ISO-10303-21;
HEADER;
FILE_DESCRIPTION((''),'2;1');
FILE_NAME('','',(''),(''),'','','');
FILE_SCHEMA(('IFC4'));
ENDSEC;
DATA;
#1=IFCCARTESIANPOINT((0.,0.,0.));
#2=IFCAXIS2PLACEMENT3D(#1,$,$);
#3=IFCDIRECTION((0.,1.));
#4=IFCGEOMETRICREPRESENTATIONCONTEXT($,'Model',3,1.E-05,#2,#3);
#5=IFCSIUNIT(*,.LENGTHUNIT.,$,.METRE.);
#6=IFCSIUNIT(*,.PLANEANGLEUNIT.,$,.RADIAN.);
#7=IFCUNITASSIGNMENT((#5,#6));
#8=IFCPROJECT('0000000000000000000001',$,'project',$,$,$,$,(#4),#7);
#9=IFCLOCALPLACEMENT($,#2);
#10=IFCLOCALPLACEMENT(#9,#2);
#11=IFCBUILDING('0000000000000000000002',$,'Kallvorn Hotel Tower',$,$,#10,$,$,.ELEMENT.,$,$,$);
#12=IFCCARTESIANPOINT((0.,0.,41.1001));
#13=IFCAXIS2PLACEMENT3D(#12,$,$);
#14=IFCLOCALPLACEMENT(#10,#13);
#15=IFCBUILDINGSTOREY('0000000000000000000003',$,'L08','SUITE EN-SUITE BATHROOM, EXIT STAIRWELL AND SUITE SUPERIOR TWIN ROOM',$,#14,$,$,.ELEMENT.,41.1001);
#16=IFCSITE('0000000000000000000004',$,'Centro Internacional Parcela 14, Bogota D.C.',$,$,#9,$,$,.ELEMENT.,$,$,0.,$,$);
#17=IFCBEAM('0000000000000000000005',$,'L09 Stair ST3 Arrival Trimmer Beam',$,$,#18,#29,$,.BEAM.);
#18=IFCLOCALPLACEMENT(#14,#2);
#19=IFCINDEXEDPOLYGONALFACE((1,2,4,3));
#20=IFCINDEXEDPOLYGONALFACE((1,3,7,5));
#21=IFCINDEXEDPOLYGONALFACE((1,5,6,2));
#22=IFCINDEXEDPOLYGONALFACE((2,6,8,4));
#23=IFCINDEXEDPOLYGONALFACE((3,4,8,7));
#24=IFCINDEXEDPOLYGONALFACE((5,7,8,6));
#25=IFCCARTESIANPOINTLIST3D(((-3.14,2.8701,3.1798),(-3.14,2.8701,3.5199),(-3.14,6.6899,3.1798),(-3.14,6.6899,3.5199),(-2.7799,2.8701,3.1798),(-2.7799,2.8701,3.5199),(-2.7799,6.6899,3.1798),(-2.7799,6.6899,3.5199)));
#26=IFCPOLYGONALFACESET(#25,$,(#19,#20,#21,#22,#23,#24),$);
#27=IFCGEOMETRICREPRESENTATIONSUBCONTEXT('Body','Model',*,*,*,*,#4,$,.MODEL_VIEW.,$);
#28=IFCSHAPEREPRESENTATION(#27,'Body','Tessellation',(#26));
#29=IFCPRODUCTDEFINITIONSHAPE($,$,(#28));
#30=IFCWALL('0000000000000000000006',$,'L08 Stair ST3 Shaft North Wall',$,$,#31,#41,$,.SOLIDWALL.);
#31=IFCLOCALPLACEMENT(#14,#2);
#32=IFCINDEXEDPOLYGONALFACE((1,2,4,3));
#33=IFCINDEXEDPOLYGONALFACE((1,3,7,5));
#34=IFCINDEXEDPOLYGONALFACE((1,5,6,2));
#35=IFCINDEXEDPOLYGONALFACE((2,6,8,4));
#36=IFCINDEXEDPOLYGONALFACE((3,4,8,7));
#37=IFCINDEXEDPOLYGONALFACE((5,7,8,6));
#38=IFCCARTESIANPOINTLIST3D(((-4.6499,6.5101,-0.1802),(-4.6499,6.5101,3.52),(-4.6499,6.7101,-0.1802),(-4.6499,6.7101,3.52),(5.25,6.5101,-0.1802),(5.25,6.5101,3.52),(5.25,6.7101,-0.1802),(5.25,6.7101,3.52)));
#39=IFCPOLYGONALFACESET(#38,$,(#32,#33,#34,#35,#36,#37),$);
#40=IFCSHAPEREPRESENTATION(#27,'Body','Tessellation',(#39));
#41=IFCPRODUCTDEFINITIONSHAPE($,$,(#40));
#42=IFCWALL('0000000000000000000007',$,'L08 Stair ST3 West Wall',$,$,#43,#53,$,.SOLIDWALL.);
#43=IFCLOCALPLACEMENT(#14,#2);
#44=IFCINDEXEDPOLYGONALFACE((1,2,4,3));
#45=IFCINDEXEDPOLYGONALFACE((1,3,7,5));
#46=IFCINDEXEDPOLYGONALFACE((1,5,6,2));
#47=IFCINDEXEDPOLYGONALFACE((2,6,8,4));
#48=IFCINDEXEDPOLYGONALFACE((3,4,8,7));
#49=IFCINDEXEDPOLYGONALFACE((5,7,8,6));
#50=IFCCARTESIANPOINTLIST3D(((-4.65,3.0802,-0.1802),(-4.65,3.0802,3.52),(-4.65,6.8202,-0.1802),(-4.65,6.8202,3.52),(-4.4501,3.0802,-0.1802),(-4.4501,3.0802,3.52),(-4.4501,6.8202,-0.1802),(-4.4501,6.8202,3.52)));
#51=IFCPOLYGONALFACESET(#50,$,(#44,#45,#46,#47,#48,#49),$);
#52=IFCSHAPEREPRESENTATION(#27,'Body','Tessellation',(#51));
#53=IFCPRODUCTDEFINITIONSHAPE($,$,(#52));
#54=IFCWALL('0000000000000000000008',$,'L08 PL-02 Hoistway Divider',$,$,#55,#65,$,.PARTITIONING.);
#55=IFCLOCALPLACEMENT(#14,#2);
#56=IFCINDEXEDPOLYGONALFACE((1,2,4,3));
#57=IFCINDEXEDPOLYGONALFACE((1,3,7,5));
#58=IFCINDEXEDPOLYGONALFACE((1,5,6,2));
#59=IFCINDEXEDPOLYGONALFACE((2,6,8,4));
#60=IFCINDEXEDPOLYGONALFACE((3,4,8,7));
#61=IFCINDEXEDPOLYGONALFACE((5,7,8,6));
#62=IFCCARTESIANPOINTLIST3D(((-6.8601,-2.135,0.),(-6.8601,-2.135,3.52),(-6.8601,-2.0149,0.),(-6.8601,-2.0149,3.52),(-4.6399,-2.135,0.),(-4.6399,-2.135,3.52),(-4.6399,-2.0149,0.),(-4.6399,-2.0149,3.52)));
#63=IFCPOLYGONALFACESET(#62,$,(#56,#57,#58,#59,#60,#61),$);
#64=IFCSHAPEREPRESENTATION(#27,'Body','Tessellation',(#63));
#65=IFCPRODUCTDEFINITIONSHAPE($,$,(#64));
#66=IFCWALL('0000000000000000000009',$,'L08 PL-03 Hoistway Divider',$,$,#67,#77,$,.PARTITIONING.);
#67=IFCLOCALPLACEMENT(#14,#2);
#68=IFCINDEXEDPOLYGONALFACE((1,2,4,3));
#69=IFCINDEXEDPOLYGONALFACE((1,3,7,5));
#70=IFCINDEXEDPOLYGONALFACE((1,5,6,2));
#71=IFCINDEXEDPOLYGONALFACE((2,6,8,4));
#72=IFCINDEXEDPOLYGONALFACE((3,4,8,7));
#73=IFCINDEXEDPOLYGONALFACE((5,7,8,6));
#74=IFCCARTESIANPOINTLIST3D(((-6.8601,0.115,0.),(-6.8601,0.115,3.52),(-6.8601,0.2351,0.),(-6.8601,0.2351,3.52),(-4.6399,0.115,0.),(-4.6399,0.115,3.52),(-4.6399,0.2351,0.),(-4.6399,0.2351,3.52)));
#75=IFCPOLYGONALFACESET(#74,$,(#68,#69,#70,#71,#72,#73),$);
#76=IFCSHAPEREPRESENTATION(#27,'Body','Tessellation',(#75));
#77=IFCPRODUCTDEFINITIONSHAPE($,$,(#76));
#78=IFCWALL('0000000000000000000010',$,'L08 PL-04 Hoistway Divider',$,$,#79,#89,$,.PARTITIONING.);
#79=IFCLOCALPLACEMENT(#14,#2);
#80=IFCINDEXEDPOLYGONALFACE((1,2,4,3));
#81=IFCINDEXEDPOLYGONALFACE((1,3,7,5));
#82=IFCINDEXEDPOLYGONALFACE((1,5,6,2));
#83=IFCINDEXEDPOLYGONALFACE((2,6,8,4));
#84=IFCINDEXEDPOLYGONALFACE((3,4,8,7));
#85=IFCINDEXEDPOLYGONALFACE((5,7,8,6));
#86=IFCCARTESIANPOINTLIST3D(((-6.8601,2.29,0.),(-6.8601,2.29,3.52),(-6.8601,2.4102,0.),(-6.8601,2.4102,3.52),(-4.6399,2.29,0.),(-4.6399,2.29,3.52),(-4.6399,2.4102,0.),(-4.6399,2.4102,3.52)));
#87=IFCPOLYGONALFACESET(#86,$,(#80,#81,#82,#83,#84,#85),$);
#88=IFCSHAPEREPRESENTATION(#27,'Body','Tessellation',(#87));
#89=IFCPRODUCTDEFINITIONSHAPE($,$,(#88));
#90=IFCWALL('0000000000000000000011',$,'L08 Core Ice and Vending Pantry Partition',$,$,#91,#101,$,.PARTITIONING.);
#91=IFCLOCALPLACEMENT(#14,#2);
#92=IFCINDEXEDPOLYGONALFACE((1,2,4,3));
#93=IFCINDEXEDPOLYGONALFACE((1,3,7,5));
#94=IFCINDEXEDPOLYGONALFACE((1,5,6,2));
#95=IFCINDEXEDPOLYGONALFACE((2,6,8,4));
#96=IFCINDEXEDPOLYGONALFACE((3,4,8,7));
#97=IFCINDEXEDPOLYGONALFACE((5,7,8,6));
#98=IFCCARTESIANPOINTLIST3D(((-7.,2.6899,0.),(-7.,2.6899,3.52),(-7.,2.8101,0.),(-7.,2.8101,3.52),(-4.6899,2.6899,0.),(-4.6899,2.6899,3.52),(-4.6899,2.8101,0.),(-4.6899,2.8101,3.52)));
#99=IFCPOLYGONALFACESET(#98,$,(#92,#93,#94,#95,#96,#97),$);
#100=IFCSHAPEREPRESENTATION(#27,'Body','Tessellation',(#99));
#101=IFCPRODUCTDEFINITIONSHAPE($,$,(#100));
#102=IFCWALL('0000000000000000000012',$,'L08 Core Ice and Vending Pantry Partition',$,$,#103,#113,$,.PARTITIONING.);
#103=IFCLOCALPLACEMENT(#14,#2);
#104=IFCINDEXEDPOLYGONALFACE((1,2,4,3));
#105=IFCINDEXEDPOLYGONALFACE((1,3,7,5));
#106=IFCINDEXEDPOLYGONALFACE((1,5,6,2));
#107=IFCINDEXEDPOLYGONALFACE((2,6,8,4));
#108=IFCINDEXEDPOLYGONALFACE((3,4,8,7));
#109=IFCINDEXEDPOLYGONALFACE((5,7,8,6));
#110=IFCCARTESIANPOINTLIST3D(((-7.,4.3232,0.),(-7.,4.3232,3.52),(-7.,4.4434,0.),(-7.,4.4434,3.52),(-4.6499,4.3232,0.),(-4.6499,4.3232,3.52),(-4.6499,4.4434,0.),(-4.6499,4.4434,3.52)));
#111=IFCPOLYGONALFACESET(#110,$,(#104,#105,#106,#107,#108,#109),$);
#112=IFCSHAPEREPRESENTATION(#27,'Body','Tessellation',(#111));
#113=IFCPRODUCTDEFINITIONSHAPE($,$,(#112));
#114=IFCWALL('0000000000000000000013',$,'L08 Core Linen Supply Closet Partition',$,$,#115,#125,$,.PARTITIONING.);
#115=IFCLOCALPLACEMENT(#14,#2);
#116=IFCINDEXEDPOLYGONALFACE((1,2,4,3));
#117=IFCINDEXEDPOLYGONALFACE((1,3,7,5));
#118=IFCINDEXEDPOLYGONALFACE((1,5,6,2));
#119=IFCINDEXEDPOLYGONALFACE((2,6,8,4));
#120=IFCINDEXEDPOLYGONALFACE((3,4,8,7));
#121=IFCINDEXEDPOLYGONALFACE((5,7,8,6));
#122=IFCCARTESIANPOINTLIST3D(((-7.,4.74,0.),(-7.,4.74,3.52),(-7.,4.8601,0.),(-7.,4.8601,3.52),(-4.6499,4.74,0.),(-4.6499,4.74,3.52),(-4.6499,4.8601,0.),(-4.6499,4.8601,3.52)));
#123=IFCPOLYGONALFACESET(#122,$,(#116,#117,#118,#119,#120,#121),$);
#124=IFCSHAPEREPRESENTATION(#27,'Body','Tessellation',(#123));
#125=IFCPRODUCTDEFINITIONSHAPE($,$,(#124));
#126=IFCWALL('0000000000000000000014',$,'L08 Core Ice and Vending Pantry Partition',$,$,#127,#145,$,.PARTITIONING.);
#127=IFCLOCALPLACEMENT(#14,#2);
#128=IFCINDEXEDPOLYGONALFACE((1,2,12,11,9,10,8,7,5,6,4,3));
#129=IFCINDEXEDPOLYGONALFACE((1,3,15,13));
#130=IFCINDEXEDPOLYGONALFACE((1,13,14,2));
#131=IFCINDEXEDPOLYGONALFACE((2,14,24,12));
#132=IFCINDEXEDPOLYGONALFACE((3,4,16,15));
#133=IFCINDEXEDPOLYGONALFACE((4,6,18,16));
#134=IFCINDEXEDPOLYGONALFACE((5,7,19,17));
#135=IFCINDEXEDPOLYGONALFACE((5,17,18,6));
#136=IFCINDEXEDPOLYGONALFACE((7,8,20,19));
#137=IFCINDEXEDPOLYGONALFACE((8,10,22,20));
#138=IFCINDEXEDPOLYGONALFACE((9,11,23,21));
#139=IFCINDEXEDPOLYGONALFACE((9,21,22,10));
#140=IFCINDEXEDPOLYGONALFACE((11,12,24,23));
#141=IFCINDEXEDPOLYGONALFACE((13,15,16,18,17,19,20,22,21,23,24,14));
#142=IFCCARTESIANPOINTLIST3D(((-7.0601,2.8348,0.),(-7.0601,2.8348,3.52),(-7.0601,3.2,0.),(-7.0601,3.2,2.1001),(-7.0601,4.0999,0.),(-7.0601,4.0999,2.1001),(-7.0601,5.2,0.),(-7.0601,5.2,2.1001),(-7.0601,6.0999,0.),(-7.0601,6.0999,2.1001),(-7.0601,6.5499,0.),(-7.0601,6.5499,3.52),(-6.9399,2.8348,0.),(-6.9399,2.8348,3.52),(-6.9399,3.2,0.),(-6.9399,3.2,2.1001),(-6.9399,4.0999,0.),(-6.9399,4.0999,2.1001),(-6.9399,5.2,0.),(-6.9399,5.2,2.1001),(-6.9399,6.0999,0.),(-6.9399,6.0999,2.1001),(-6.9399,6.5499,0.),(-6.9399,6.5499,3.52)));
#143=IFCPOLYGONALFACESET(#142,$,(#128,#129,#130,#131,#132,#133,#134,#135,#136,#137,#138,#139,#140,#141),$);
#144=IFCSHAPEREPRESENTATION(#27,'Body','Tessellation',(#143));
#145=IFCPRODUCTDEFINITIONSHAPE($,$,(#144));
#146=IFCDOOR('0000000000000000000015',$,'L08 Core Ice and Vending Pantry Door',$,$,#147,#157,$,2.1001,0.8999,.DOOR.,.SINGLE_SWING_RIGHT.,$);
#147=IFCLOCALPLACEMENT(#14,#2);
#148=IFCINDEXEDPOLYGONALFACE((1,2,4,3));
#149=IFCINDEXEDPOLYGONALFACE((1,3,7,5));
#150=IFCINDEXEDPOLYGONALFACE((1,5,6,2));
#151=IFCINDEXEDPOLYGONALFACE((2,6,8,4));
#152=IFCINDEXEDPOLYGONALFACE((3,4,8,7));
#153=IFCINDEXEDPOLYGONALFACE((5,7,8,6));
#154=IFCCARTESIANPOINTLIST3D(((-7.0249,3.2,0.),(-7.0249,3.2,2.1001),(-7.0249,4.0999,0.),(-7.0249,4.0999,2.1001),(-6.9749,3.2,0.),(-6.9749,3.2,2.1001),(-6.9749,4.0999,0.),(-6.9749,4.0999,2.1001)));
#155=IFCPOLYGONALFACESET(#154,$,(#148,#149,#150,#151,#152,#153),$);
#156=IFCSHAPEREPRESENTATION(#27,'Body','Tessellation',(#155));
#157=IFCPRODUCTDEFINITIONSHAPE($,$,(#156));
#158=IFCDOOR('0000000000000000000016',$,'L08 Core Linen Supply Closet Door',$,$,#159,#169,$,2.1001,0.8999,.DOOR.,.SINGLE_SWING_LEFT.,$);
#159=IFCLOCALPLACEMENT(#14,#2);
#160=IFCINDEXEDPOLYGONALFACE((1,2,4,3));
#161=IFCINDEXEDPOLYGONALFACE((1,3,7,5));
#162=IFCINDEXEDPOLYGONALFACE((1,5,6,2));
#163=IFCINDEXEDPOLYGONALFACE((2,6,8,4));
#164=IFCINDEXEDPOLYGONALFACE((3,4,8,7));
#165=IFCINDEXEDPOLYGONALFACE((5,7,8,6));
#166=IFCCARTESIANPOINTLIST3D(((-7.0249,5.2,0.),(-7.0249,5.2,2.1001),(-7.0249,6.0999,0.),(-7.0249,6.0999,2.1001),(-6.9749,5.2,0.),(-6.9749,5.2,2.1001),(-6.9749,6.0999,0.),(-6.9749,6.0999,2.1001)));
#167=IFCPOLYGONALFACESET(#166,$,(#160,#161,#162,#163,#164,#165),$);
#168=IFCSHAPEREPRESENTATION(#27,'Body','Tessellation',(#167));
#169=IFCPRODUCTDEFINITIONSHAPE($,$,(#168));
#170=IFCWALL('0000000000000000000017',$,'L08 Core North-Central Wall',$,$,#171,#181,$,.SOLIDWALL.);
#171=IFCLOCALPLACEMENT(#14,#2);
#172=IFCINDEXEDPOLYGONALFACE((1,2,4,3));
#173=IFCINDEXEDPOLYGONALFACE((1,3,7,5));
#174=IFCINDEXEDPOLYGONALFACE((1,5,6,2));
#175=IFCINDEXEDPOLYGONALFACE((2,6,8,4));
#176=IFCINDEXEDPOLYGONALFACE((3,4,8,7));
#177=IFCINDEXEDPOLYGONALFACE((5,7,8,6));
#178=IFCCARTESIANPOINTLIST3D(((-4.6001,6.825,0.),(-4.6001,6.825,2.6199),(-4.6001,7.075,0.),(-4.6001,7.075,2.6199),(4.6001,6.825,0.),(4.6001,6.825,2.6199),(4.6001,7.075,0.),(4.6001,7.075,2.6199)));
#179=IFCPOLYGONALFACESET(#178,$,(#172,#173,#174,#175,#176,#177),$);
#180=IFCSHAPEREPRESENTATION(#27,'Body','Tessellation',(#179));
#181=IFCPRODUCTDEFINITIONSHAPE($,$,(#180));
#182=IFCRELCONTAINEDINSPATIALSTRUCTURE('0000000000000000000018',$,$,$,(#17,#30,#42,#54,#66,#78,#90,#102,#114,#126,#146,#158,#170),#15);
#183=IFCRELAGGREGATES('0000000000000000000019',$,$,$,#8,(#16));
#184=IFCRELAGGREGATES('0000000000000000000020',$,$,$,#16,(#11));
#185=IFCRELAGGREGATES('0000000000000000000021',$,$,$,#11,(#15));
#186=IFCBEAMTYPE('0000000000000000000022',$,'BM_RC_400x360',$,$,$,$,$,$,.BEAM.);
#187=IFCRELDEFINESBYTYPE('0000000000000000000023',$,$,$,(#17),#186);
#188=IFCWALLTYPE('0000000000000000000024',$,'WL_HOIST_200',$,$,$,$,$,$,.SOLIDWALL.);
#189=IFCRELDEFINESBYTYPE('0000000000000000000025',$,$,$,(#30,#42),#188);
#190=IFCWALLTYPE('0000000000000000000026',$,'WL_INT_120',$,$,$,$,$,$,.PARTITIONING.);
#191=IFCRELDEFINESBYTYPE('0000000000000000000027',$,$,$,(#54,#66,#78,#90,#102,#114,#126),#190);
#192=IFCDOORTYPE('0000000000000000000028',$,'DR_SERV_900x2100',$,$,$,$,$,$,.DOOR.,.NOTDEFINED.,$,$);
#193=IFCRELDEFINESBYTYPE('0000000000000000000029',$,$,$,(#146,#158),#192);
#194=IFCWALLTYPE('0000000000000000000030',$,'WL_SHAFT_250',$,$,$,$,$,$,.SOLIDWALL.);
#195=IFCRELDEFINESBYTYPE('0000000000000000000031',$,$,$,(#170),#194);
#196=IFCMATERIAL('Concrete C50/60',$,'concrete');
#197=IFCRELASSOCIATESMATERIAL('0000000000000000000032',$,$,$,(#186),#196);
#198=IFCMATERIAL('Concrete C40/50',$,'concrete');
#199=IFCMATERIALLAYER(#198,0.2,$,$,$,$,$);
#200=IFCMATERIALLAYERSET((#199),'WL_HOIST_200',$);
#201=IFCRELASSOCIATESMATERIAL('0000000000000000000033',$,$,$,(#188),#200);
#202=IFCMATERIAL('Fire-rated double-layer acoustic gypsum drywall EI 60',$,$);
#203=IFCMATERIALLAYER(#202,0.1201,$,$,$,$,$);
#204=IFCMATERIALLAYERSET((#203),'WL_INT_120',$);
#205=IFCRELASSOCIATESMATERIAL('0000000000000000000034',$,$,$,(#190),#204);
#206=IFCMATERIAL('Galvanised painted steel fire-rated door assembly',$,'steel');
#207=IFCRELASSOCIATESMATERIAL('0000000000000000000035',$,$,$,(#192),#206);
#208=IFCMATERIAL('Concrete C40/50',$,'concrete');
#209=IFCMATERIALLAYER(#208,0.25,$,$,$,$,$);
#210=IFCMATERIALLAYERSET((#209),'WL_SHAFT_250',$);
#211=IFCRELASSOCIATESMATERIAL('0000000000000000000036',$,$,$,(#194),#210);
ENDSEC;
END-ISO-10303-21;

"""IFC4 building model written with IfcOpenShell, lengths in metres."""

from ifc_helpers import new_model, si_unit, direction, frame, frame_2d, origin, origin_2d, place, context, subcontext, project, spatial, rectangle, extrude, material, layer, layer_set, material_profile, profile_set, type_object, element, fill, save


model = new_model("IFC4")

# Units and contexts
model_context = context("Model", 3, precision=1e-05, world=origin(), true_north=direction((0.0, 1.0)))
body_context = subcontext(model_context, "Body", "Model", "MODEL_VIEW")
ifc_project = project(units=[si_unit("LENGTHUNIT", "METRE"), si_unit("PLANEANGLEUNIT", "RADIAN")], contexts=[model_context])

# Site, building, storey
site_placement = place(None, origin())
site = spatial("IfcSite", under=ifc_project, at=site_placement, Name="Centro Internacional Parcela 14, Bogota D.C.", CompositionType="ELEMENT", RefElevation=0.0)
building_placement = place(site_placement, origin())
building = spatial("IfcBuilding", under=site, at=building_placement, Name="Kallvorn Hotel Tower", CompositionType="ELEMENT")
storey_placement = place(building_placement, frame((0.0, 0.0, 41.1001)))
storey = spatial("IfcBuildingStorey", under=building, at=storey_placement, Name="L08", Description="SUITE EN-SUITE BATHROOM, EXIT STAIRWELL AND SUITE SUPERIOR TWIN ROOM", CompositionType="ELEMENT", Elevation=41.1001)

# Beam
ifc_material_1 = material(Name="Concrete C50/60", Category="concrete")
ifc_material_profile = material_profile(ifc_material_1, rectangle(XDim=0.3601, YDim=0.3401, at=origin_2d()), Name="RC 360x340")
ifc_profile_set = profile_set([ifc_material_profile], Name="Concrete C50/60")
beam_type = type_object("IfcBeamType", Name="BM_RC_400x360", PredefinedType="BEAM", material=ifc_profile_set)
beam_placement = place(storey_placement, frame((-2.96, 2.8701, 3.3499), z_axis=(0.0, 1.0, 0.0), x_axis=(-1.0, 0.0, 0.0)))
element("IfcBeam", 1, at=beam_placement, inside=storey, type_object=beam_type, Name="L09 Stair ST3 Arrival Trimmer Beam", PredefinedType="BEAM", context=body_context, shape_type="SweptSolid", body=[
    extrude(rectangle(XDim=0.3601, YDim=0.3401, at=origin_2d()), origin(), (0.0, 0.0, 1.0), 3.8198),
])

# Walls
ifc_material_2 = material(Name="Concrete C40/50", Category="concrete")
ifc_layer_1 = layer(ifc_material_2, 0.2)
ifc_layer_set_1 = layer_set([ifc_layer_1], Name="WL_HOIST_200")
wall_type_1 = type_object("IfcWallType", Name="WL_HOIST_200", PredefinedType="SOLIDWALL", material=ifc_layer_set_1)
wall_1_placement = place(storey_placement, frame((-4.6499, 6.6101, -0.1802), z_axis=(0.0, 0.0, 1.0), x_axis=(1.0, 0.0, 0.0)))
element("IfcWall", 2, at=wall_1_placement, inside=storey, type_object=wall_type_1, Name="L08 Stair ST3 Shaft North Wall", PredefinedType="SOLIDWALL", context=body_context, shape_type="SweptSolid", body=[
    extrude(rectangle(XDim=9.8999, YDim=0.2, at=frame_2d((4.95, 0.0))), origin(), (0.0, 0.0, 1.0), 3.7002),
])
wall_2_placement = place(storey_placement, frame((-4.55, 3.0801, -0.1802), z_axis=(0.0, 0.0, 1.0), x_axis=(0.0, 1.0, 0.0)))
element("IfcWall", 3, at=wall_2_placement, inside=storey, type_object=wall_type_1, Name="L08 Stair ST3 West Wall", PredefinedType="SOLIDWALL", context=body_context, shape_type="SweptSolid", body=[
    extrude(rectangle(XDim=3.74, YDim=0.2, at=frame_2d((1.8701, 0.0))), origin(), (0.0, 0.0, 1.0), 3.7002),
])
ifc_material_3 = material(Name="Fire-rated double-layer acoustic gypsum drywall EI 60")
ifc_layer_2 = layer(ifc_material_3, 0.1201)
ifc_layer_set_2 = layer_set([ifc_layer_2], Name="WL_INT_120")
wall_type_2 = type_object("IfcWallType", Name="WL_INT_120", PredefinedType="PARTITIONING", material=ifc_layer_set_2)
for number, where, z_axis, x_axis, name in (
    (4, (-6.8601, -2.075, 0.0), (0.0, 0.0, 1.0), (1.0, 0.0, 0.0), "L08 PL-02 Hoistway Divider"),
    (5, (-6.8601, 0.175, 0.0), (0.0, 0.0, 1.0), (1.0, 0.0, 0.0), "L08 PL-03 Hoistway Divider"),
    (6, (-6.8601, 2.3501, 0.0), (0.0, 0.0, 1.0), (1.0, 0.0, 0.0), "L08 PL-04 Hoistway Divider"),
):
    element("IfcWall", number, at=place(storey_placement, frame(where, z_axis=z_axis, x_axis=x_axis)), inside=storey, type_object=wall_type_2, Name=name, PredefinedType="PARTITIONING", context=body_context, shape_type="SweptSolid", body=[
        extrude(rectangle(XDim=2.2202, YDim=0.1201, at=frame_2d((1.1101, 0.0))), origin(), (0.0, 0.0, 1.0), 3.52),
    ])
wall_3_placement = place(storey_placement, frame((-7.0, 2.75, 0.0), z_axis=(0.0, 0.0, 1.0), x_axis=(1.0, 0.0, 0.0)))
element("IfcWall", 7, at=wall_3_placement, inside=storey, type_object=wall_type_2, Name="L08 Core Ice and Vending Pantry Partition", PredefinedType="PARTITIONING", context=body_context, shape_type="SweptSolid", body=[
    extrude(rectangle(XDim=2.3101, YDim=0.1201, at=frame_2d((1.155, 0.0))), origin(), (0.0, 0.0, 1.0), 3.52),
])
for number, where, z_axis, x_axis, name in (
    (8, (-7.0, 4.3833, 0.0), (0.0, 0.0, 1.0), (1.0, 0.0, 0.0), "L08 Core Ice and Vending Pantry Partition"),
    (9, (-7.0, 4.8, 0.0), (0.0, 0.0, 1.0), (1.0, 0.0, 0.0), "L08 Core Linen Supply Closet Partition"),
):
    element("IfcWall", number, at=place(storey_placement, frame(where, z_axis=z_axis, x_axis=x_axis)), inside=storey, type_object=wall_type_2, Name=name, PredefinedType="PARTITIONING", context=body_context, shape_type="SweptSolid", body=[
        extrude(rectangle(XDim=2.3501, YDim=0.1201, at=frame_2d((1.175, 0.0))), origin(), (0.0, 0.0, 1.0), 3.52),
    ])

# Wall, openings, doors
wall_4_placement = place(storey_placement, frame((-7.0, 2.835, 0.0), z_axis=(0.0, 0.0, 1.0), x_axis=(0.0, 1.0, 0.0)))
wall_4 = element("IfcWall", 10, at=wall_4_placement, inside=storey, type_object=wall_type_2, Name="L08 Core Ice and Vending Pantry Partition", PredefinedType="PARTITIONING", context=body_context, shape_type="SweptSolid", body=[
    extrude(rectangle(XDim=3.7151, YDim=0.1201, at=frame_2d((1.8574, 0.0))), origin(), (0.0, 0.0, 1.0), 3.52),
])
opening_1_placement = place(wall_4_placement, frame((0.365, 0.0, 0.0)))
opening_1 = element("IfcOpeningElement", 11, at=opening_1_placement, cuts=wall_4, PredefinedType="OPENING", context=body_context, shape_type="SweptSolid", body=[
    extrude(rectangle(XDim=0.8999, YDim=2.1001, at=frame_2d((0.45, 1.05))), frame((0.0, 0.075, 0.0), z_axis=(0.0, -1.0, 0.0), x_axis=(1.0, 0.0, 0.0)), (0.0, 0.0, 1.0), 0.1501),
])
opening_2_placement = place(wall_4_placement, frame((2.365, 0.0, 0.0)))
opening_2 = element("IfcOpeningElement", 12, at=opening_2_placement, cuts=wall_4, PredefinedType="OPENING", context=body_context, shape_type="SweptSolid", body=[
    extrude(rectangle(XDim=0.8999, YDim=2.1001, at=frame_2d((0.45, 1.05))), frame((0.0, 0.075, 0.0), z_axis=(0.0, -1.0, 0.0), x_axis=(1.0, 0.0, 0.0)), (0.0, 0.0, 1.0), 0.1501),
])
ifc_material_4 = material(Name="Galvanised painted steel fire-rated door assembly", Category="steel")
door_type_1 = type_object("IfcDoorType", Name="DR_SERV_900x2100", OperationType="NOTDEFINED", PredefinedType="DOOR", material=ifc_material_4)
door_1_placement = place(opening_1_placement, origin())
door_1 = element("IfcDoor", 13, at=door_1_placement, inside=storey, type_object=door_type_1, Name="L08 Core Ice and Vending Pantry Door", OperationType="SINGLE_SWING_RIGHT", OverallHeight=2.1001, OverallWidth=0.8999, PredefinedType="DOOR", context=body_context, shape_type="SweptSolid", body=[
    extrude(rectangle(XDim=0.8999, YDim=2.1001, at=frame_2d((0.45, 1.05))), frame((0.0, 0.0249, 0.0), z_axis=(0.0, -1.0, 0.0), x_axis=(1.0, 0.0, 0.0)), (0.0, 0.0, 1.0), 0.05),
])
fill(opening_1, door_1)
door_2_placement = place(opening_2_placement, origin())
door_2 = element("IfcDoor", 14, at=door_2_placement, inside=storey, type_object=door_type_1, Name="L08 Core Linen Supply Closet Door", OperationType="SINGLE_SWING_LEFT", OverallHeight=2.1001, OverallWidth=0.8999, PredefinedType="DOOR", context=body_context, shape_type="SweptSolid", body=[
    extrude(rectangle(XDim=0.8999, YDim=2.1001, at=frame_2d((0.45, 1.05))), frame((0.0, 0.0249, 0.0), z_axis=(0.0, -1.0, 0.0), x_axis=(1.0, 0.0, 0.0)), (0.0, 0.0, 1.0), 0.05),
])
fill(opening_2, door_2)

# Wall
ifc_material_5 = material(Name="Concrete C40/50", Category="concrete")
ifc_layer_3 = layer(ifc_material_5, 0.25)
ifc_layer_set_3 = layer_set([ifc_layer_3], Name="WL_SHAFT_250")
wall_type_3 = type_object("IfcWallType", Name="WL_SHAFT_250", PredefinedType="SOLIDWALL", material=ifc_layer_set_3)
wall_5_placement = place(storey_placement, frame((-4.6001, 6.95, 0.0), z_axis=(0.0, 0.0, 1.0), x_axis=(1.0, 0.0, 0.0)))
element("IfcWall", 15, at=wall_5_placement, inside=storey, type_object=wall_type_3, Name="L08 Core North-Central Wall", PredefinedType="SOLIDWALL", context=body_context, shape_type="SweptSolid", body=[
    extrude(rectangle(XDim=9.2002, YDim=0.25, at=frame_2d((4.6001, 0.0))), origin(), (0.0, 0.0, 1.0), 2.6199),
])

save(model, "model.ifc")
